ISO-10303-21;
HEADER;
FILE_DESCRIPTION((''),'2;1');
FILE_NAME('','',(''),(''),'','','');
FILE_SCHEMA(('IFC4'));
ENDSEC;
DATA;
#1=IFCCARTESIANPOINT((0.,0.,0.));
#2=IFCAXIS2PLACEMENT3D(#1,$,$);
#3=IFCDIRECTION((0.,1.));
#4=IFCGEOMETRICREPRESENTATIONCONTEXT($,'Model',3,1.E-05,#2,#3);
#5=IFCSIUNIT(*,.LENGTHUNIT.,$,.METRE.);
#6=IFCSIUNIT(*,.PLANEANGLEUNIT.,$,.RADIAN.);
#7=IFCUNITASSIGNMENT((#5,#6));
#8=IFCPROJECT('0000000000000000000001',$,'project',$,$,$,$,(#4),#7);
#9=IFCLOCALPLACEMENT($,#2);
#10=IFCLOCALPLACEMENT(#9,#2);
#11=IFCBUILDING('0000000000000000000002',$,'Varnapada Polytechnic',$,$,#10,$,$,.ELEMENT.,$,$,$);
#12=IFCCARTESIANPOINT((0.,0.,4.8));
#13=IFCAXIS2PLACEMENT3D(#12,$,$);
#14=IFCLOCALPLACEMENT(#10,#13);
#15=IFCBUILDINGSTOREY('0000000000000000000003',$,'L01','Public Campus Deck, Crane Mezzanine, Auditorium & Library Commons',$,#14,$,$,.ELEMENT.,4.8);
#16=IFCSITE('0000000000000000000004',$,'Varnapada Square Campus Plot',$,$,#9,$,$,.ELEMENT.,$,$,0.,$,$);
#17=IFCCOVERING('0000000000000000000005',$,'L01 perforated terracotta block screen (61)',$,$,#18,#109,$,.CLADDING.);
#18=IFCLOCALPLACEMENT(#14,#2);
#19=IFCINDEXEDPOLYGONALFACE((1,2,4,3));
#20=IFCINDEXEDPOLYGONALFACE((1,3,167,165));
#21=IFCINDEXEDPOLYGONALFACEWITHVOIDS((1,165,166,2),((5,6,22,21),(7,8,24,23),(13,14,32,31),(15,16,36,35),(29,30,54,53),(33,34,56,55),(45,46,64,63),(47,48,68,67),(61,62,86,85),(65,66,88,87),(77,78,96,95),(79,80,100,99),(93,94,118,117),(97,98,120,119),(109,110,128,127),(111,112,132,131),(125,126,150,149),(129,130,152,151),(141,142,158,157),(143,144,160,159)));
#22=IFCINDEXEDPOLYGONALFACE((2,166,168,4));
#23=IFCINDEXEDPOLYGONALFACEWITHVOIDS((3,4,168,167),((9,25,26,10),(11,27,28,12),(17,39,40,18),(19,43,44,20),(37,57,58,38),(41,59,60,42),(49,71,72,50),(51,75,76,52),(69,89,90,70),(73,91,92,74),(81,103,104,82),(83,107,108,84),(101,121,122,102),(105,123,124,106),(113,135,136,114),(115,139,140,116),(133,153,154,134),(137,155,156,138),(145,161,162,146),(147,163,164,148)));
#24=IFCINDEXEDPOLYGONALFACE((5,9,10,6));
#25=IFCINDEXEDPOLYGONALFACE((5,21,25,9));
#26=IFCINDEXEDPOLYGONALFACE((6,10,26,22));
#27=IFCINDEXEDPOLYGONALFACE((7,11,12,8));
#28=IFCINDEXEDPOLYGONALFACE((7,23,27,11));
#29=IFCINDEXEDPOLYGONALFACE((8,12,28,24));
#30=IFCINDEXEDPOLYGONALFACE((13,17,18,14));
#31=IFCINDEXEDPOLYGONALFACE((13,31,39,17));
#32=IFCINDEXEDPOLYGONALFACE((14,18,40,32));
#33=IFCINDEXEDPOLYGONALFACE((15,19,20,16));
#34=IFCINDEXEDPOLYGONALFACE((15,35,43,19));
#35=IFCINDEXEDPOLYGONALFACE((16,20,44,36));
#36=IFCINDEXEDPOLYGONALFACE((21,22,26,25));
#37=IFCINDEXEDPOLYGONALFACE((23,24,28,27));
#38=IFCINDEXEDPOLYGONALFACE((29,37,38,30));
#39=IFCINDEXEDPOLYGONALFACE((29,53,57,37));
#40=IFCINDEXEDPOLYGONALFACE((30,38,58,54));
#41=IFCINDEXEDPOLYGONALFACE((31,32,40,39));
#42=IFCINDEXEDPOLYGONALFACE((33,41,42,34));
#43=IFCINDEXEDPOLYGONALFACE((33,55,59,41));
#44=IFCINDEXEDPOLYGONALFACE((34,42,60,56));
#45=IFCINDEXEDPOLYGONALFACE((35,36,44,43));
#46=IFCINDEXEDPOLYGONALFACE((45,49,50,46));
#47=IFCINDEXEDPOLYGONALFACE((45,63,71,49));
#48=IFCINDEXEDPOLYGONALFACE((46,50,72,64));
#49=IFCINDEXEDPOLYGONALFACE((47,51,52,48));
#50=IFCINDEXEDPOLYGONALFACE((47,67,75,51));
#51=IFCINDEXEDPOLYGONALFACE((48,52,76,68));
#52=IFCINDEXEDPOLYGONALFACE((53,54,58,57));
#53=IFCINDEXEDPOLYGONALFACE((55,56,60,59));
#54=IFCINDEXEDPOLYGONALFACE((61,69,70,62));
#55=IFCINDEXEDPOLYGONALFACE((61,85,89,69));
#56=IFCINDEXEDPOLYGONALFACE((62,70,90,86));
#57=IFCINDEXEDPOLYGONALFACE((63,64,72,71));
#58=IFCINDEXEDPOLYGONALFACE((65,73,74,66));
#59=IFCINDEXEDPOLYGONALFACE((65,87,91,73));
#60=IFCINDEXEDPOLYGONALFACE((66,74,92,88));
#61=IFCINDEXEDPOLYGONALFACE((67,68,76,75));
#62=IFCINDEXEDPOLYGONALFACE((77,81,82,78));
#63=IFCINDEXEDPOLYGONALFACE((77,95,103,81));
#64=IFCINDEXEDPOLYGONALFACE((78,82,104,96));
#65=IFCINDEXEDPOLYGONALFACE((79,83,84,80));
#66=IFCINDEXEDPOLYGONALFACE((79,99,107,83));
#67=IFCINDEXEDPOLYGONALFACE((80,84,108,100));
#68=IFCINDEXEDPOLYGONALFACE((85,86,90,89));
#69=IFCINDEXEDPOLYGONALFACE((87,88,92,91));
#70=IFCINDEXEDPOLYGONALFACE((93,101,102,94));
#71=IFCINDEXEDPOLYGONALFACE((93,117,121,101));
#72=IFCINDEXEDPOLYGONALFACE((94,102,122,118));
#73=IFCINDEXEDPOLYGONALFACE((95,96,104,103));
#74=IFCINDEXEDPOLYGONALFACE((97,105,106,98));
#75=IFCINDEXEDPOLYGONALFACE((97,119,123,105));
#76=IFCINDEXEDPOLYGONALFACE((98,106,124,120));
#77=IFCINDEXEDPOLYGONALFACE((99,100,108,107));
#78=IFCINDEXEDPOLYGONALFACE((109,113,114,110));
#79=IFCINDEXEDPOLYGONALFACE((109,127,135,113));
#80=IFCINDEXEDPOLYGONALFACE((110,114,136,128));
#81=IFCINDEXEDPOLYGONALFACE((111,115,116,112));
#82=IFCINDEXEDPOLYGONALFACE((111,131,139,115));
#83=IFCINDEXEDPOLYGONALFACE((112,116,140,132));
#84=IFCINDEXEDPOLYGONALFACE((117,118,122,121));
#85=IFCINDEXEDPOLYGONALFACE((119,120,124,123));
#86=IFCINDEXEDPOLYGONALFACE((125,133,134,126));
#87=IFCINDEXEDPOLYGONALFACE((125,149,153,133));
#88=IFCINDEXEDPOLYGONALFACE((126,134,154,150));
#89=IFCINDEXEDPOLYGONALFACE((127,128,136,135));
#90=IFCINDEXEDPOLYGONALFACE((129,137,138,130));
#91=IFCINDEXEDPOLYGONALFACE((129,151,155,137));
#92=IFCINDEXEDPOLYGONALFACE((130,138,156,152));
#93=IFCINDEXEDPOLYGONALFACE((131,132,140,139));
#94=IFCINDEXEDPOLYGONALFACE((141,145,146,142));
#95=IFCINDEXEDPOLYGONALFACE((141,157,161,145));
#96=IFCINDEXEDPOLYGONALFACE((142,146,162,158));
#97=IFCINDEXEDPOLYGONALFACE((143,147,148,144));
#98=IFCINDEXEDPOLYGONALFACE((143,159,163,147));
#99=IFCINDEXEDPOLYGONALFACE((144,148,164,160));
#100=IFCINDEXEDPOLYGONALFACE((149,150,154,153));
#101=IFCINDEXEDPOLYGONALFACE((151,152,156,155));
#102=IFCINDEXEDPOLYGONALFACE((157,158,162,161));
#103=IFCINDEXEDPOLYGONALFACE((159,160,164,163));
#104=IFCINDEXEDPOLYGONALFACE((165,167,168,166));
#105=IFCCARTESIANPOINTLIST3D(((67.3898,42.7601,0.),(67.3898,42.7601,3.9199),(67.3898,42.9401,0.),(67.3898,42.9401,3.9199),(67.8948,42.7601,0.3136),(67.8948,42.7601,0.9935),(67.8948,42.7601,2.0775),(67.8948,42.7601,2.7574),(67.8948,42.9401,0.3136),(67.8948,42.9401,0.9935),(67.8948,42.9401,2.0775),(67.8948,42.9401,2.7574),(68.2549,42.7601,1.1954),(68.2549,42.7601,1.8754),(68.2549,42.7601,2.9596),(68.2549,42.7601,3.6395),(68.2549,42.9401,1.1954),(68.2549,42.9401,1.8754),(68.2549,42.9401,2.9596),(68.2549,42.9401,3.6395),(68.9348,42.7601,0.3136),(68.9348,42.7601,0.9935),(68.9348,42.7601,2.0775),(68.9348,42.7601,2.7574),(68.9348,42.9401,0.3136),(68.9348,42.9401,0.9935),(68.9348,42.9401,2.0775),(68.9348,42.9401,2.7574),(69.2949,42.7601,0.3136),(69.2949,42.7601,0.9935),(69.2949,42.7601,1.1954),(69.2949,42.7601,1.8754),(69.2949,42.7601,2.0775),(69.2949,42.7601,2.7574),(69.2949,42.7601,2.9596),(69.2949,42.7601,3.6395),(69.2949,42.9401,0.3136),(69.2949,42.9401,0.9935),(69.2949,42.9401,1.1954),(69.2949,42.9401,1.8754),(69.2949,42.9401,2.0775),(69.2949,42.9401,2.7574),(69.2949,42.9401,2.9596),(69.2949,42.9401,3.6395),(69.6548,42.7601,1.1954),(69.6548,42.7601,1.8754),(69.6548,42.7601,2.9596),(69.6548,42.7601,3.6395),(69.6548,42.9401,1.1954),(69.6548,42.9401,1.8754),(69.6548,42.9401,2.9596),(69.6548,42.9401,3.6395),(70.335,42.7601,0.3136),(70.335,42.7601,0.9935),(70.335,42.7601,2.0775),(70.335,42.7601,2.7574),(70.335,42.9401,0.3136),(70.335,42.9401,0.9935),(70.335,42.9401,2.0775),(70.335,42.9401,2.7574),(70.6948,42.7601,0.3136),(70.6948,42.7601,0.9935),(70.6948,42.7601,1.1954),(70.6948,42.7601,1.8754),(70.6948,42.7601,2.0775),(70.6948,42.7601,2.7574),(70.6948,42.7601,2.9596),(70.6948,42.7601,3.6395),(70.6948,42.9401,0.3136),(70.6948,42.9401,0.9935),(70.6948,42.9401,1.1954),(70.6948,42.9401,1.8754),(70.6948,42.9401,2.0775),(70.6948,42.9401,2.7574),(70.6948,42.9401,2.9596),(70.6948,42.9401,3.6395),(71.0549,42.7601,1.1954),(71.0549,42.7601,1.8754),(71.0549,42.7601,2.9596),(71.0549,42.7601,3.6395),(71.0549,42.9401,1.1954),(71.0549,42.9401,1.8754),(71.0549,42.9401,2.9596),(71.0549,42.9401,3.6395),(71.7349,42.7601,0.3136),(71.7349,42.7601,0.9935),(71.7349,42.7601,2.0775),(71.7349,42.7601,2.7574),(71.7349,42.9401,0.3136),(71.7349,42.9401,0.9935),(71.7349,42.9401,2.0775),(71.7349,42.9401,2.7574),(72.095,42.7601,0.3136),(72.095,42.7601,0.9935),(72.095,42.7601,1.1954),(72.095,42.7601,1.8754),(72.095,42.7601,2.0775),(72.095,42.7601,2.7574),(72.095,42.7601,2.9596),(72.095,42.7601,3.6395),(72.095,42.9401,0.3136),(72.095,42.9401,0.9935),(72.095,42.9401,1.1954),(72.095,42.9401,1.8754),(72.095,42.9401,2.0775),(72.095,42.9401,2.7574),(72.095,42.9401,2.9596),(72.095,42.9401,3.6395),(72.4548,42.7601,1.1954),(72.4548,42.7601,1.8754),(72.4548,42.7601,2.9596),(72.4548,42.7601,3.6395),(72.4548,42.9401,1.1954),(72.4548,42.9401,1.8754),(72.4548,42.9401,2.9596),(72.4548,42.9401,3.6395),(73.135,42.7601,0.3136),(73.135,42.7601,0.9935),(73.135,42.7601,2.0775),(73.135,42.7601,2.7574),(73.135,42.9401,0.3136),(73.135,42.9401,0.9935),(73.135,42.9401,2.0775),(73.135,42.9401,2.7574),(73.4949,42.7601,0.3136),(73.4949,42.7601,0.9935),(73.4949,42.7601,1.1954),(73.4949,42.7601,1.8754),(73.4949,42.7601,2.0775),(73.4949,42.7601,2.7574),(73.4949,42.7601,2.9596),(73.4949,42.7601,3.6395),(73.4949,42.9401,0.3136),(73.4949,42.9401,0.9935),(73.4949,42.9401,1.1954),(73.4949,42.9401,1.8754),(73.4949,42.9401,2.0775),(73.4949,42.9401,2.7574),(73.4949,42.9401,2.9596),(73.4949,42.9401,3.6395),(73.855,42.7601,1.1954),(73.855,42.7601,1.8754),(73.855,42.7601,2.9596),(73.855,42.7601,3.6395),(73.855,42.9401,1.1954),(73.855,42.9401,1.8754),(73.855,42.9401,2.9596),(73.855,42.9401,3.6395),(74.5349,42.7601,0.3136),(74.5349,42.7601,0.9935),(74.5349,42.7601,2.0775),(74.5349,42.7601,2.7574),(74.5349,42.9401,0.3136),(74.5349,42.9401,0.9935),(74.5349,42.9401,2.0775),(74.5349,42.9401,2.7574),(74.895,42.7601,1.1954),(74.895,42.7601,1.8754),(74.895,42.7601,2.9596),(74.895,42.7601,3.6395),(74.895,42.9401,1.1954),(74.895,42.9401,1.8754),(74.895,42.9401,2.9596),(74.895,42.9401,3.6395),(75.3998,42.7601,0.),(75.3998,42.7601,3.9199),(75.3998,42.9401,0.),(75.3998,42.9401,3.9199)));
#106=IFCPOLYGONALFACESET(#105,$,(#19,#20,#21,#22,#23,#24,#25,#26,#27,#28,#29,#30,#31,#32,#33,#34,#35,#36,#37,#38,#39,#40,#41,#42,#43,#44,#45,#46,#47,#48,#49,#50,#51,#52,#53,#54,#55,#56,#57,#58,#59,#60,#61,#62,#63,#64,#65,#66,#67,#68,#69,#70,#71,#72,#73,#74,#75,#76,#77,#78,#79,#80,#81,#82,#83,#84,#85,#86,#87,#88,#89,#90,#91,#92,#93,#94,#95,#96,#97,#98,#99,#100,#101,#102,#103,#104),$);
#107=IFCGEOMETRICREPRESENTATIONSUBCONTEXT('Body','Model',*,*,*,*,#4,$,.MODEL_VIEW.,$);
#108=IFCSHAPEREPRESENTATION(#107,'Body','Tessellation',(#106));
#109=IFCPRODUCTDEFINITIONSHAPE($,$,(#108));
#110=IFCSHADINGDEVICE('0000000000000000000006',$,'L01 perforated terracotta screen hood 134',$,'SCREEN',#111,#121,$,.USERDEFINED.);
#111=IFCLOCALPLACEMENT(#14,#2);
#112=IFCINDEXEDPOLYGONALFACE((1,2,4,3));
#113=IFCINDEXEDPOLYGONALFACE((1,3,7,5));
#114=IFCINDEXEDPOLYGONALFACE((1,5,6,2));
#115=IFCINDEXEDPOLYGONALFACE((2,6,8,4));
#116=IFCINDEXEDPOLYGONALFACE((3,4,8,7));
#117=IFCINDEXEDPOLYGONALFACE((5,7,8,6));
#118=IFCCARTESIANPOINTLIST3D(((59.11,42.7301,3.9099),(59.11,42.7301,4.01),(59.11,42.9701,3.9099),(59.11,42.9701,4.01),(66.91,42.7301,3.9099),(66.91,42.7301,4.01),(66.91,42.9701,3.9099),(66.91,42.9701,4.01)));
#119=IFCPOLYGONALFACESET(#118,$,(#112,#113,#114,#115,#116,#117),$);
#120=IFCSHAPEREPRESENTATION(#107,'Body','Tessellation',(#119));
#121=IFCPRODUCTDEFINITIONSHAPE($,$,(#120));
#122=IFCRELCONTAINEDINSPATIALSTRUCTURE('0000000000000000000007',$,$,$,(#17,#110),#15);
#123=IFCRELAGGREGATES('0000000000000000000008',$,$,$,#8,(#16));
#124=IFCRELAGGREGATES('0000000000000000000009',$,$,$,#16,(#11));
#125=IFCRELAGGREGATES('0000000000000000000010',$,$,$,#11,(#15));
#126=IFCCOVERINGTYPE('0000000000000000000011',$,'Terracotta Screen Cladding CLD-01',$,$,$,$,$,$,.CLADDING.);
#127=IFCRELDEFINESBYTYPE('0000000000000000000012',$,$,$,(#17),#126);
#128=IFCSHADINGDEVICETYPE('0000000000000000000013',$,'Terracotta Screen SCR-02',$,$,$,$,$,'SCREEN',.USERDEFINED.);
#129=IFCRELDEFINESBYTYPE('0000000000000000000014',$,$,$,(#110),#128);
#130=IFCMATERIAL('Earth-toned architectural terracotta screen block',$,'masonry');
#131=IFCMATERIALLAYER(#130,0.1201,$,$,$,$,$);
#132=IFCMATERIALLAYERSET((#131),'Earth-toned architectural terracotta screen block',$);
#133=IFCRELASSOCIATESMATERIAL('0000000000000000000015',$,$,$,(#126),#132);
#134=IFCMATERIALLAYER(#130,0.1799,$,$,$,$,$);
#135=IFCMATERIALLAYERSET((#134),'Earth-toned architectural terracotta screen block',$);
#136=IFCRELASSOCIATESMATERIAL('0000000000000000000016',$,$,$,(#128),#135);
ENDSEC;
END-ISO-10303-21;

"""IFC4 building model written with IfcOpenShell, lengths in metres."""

from ifc_helpers import new_model, si_unit, direction, frame, frame_2d, origin, origin_2d, place, context, subcontext, project, spatial, rectangle, extrude, material, layer, layer_set, type_object, element, save


model = new_model("IFC4")

# Units and contexts
model_context = context("Model", 3, precision=1e-05, world=origin(), true_north=direction((0.0, 1.0)))
body_context = subcontext(model_context, "Body", "Model", "MODEL_VIEW")
ifc_project = project(units=[si_unit("LENGTHUNIT", "METRE"), si_unit("PLANEANGLEUNIT", "RADIAN")], contexts=[model_context])

# Site, building, storey
site_placement = place(None, origin())
site = spatial("IfcSite", under=ifc_project, at=site_placement, Name="Varnapada Square Campus Plot", CompositionType="ELEMENT", RefElevation=0.0)
building_placement = place(site_placement, origin())
building = spatial("IfcBuilding", under=site, at=building_placement, Name="Varnapada Polytechnic", CompositionType="ELEMENT")
storey_placement = place(building_placement, frame((0.0, 0.0, 4.8)))
storey = spatial("IfcBuildingStorey", under=building, at=storey_placement, Name="L01", Description="Public Campus Deck, Crane Mezzanine, Auditorium & Library Commons", CompositionType="ELEMENT", Elevation=4.8)

# Covering, openings
ifc_material_1 = material(Name="Earth-toned architectural terracotta screen block", Category="masonry")
ifc_layer_1 = layer(ifc_material_1, 0.1201)
ifc_layer_set_1 = layer_set([ifc_layer_1], Name="Earth-toned architectural terracotta screen block")
covering_type = type_object("IfcCoveringType", Name="Terracotta Screen Cladding CLD-01", PredefinedType="CLADDING", material=ifc_layer_set_1)
covering_placement = place(storey_placement, frame((67.3899, 42.8501, 0.0), z_axis=(0.0, 0.0, 1.0), x_axis=(1.0, 0.0, 0.0)))
covering = element("IfcCovering", 1, at=covering_placement, inside=storey, type_object=covering_type, Name="L01 perforated terracotta block screen (61)", PredefinedType="CLADDING", context=body_context, shape_type="SweptSolid", body=[
    extrude(rectangle(XDim=8.01, YDim=0.1799, at=frame_2d((4.0049, 0.0))), origin(), (0.0, 0.0, 1.0), 3.9199),
])
opening_1_placement = place(covering_placement, frame((0.5049, 0.0, 0.3137)))
element("IfcOpeningElement", 2, at=opening_1_placement, cuts=covering, PredefinedType="OPENING", context=body_context, shape_type="SweptSolid", body=[
    extrude(rectangle(XDim=1.04, YDim=0.6799, at=frame_2d((0.52, 0.3398))), frame((0.0, 0.0999, 0.0), z_axis=(0.0, -1.0, 0.0), x_axis=(1.0, 0.0, 0.0)), (0.0, 0.0, 1.0), 0.2),
])
opening_2_placement = place(covering_placement, frame((1.905, 0.0, 0.3137)))
element("IfcOpeningElement", 3, at=opening_2_placement, cuts=covering, PredefinedType="OPENING", context=body_context, shape_type="SweptSolid", body=[
    extrude(rectangle(XDim=1.04, YDim=0.6799, at=frame_2d((0.52, 0.3398))), frame((0.0, 0.0999, 0.0), z_axis=(0.0, -1.0, 0.0), x_axis=(1.0, 0.0, 0.0)), (0.0, 0.0, 1.0), 0.2),
])
opening_3_placement = place(covering_placement, frame((3.3049, 0.0, 0.3137)))
element("IfcOpeningElement", 4, at=opening_3_placement, cuts=covering, PredefinedType="OPENING", context=body_context, shape_type="SweptSolid", body=[
    extrude(rectangle(XDim=1.04, YDim=0.6799, at=frame_2d((0.52, 0.3398))), frame((0.0, 0.0999, 0.0), z_axis=(0.0, -1.0, 0.0), x_axis=(1.0, 0.0, 0.0)), (0.0, 0.0, 1.0), 0.2),
])
opening_4_placement = place(covering_placement, frame((4.7051, 0.0, 0.3137)))
element("IfcOpeningElement", 5, at=opening_4_placement, cuts=covering, PredefinedType="OPENING", context=body_context, shape_type="SweptSolid", body=[
    extrude(rectangle(XDim=1.04, YDim=0.6799, at=frame_2d((0.52, 0.3398))), frame((0.0, 0.0999, 0.0), z_axis=(0.0, -1.0, 0.0), x_axis=(1.0, 0.0, 0.0)), (0.0, 0.0, 1.0), 0.2),
])
opening_5_placement = place(covering_placement, frame((6.105, 0.0, 0.3137)))
element("IfcOpeningElement", 6, at=opening_5_placement, cuts=covering, PredefinedType="OPENING", context=body_context, shape_type="SweptSolid", body=[
    extrude(rectangle(XDim=1.04, YDim=0.6799, at=frame_2d((0.52, 0.3398))), frame((0.0, 0.0999, 0.0), z_axis=(0.0, -1.0, 0.0), x_axis=(1.0, 0.0, 0.0)), (0.0, 0.0, 1.0), 0.2),
])
opening_6_placement = place(covering_placement, frame((0.865, 0.0, 1.1956)))
element("IfcOpeningElement", 7, at=opening_6_placement, cuts=covering, PredefinedType="OPENING", context=body_context, shape_type="SweptSolid", body=[
    extrude(rectangle(XDim=1.04, YDim=0.6799, at=frame_2d((0.52, 0.3398))), frame((0.0, 0.0999, 0.0), z_axis=(0.0, -1.0, 0.0), x_axis=(1.0, 0.0, 0.0)), (0.0, 0.0, 1.0), 0.2),
])
opening_7_placement = place(covering_placement, frame((2.2649, 0.0, 1.1956)))
element("IfcOpeningElement", 8, at=opening_7_placement, cuts=covering, PredefinedType="OPENING", context=body_context, shape_type="SweptSolid", body=[
    extrude(rectangle(XDim=1.04, YDim=0.6799, at=frame_2d((0.52, 0.3398))), frame((0.0, 0.0999, 0.0), z_axis=(0.0, -1.0, 0.0), x_axis=(1.0, 0.0, 0.0)), (0.0, 0.0, 1.0), 0.2),
])
opening_8_placement = place(covering_placement, frame((3.665, 0.0, 1.1956)))
element("IfcOpeningElement", 9, at=opening_8_placement, cuts=covering, PredefinedType="OPENING", context=body_context, shape_type="SweptSolid", body=[
    extrude(rectangle(XDim=1.04, YDim=0.6799, at=frame_2d((0.52, 0.3398))), frame((0.0, 0.0999, 0.0), z_axis=(0.0, -1.0, 0.0), x_axis=(1.0, 0.0, 0.0)), (0.0, 0.0, 1.0), 0.2),
])
opening_9_placement = place(covering_placement, frame((5.0649, 0.0, 1.1956)))
element("IfcOpeningElement", 10, at=opening_9_placement, cuts=covering, PredefinedType="OPENING", context=body_context, shape_type="SweptSolid", body=[
    extrude(rectangle(XDim=1.04, YDim=0.6799, at=frame_2d((0.52, 0.3398))), frame((0.0, 0.0999, 0.0), z_axis=(0.0, -1.0, 0.0), x_axis=(1.0, 0.0, 0.0)), (0.0, 0.0, 1.0), 0.2),
])
opening_10_placement = place(covering_placement, frame((6.4651, 0.0, 1.1956)))
element("IfcOpeningElement", 11, at=opening_10_placement, cuts=covering, PredefinedType="OPENING", context=body_context, shape_type="SweptSolid", body=[
    extrude(rectangle(XDim=1.04, YDim=0.6799, at=frame_2d((0.52, 0.3398))), frame((0.0, 0.0999, 0.0), z_axis=(0.0, -1.0, 0.0), x_axis=(1.0, 0.0, 0.0)), (0.0, 0.0, 1.0), 0.2),
])
opening_11_placement = place(covering_placement, frame((0.5049, 0.0, 2.0776)))
element("IfcOpeningElement", 12, at=opening_11_placement, cuts=covering, PredefinedType="OPENING", context=body_context, shape_type="SweptSolid", body=[
    extrude(rectangle(XDim=1.04, YDim=0.6799, at=frame_2d((0.52, 0.3398))), frame((0.0, 0.0999, 0.0), z_axis=(0.0, -1.0, 0.0), x_axis=(1.0, 0.0, 0.0)), (0.0, 0.0, 1.0), 0.2),
])
opening_12_placement = place(covering_placement, frame((1.905, 0.0, 2.0776)))
element("IfcOpeningElement", 13, at=opening_12_placement, cuts=covering, PredefinedType="OPENING", context=body_context, shape_type="SweptSolid", body=[
    extrude(rectangle(XDim=1.04, YDim=0.6799, at=frame_2d((0.52, 0.3398))), frame((0.0, 0.0999, 0.0), z_axis=(0.0, -1.0, 0.0), x_axis=(1.0, 0.0, 0.0)), (0.0, 0.0, 1.0), 0.2),
])
opening_13_placement = place(covering_placement, frame((3.3049, 0.0, 2.0776)))
element("IfcOpeningElement", 14, at=opening_13_placement, cuts=covering, PredefinedType="OPENING", context=body_context, shape_type="SweptSolid", body=[
    extrude(rectangle(XDim=1.04, YDim=0.6799, at=frame_2d((0.52, 0.3398))), frame((0.0, 0.0999, 0.0), z_axis=(0.0, -1.0, 0.0), x_axis=(1.0, 0.0, 0.0)), (0.0, 0.0, 1.0), 0.2),
])
opening_14_placement = place(covering_placement, frame((4.7051, 0.0, 2.0776)))
element("IfcOpeningElement", 15, at=opening_14_placement, cuts=covering, PredefinedType="OPENING", context=body_context, shape_type="SweptSolid", body=[
    extrude(rectangle(XDim=1.04, YDim=0.6799, at=frame_2d((0.52, 0.3398))), frame((0.0, 0.0999, 0.0), z_axis=(0.0, -1.0, 0.0), x_axis=(1.0, 0.0, 0.0)), (0.0, 0.0, 1.0), 0.2),
])
opening_15_placement = place(covering_placement, frame((6.105, 0.0, 2.0776)))
element("IfcOpeningElement", 16, at=opening_15_placement, cuts=covering, PredefinedType="OPENING", context=body_context, shape_type="SweptSolid", body=[
    extrude(rectangle(XDim=1.04, YDim=0.6799, at=frame_2d((0.52, 0.3398))), frame((0.0, 0.0999, 0.0), z_axis=(0.0, -1.0, 0.0), x_axis=(1.0, 0.0, 0.0)), (0.0, 0.0, 1.0), 0.2),
])
opening_16_placement = place(covering_placement, frame((0.865, 0.0, 2.9597)))
element("IfcOpeningElement", 17, at=opening_16_placement, cuts=covering, PredefinedType="OPENING", context=body_context, shape_type="SweptSolid", body=[
    extrude(rectangle(XDim=1.04, YDim=0.6799, at=frame_2d((0.52, 0.3398))), frame((0.0, 0.0999, 0.0), z_axis=(0.0, -1.0, 0.0), x_axis=(1.0, 0.0, 0.0)), (0.0, 0.0, 1.0), 0.2),
])
opening_17_placement = place(covering_placement, frame((2.2649, 0.0, 2.9597)))
element("IfcOpeningElement", 18, at=opening_17_placement, cuts=covering, PredefinedType="OPENING", context=body_context, shape_type="SweptSolid", body=[
    extrude(rectangle(XDim=1.04, YDim=0.6799, at=frame_2d((0.52, 0.3398))), frame((0.0, 0.0999, 0.0), z_axis=(0.0, -1.0, 0.0), x_axis=(1.0, 0.0, 0.0)), (0.0, 0.0, 1.0), 0.2),
])
opening_18_placement = place(covering_placement, frame((3.665, 0.0, 2.9597)))
element("IfcOpeningElement", 19, at=opening_18_placement, cuts=covering, PredefinedType="OPENING", context=body_context, shape_type="SweptSolid", body=[
    extrude(rectangle(XDim=1.04, YDim=0.6799, at=frame_2d((0.52, 0.3398))), frame((0.0, 0.0999, 0.0), z_axis=(0.0, -1.0, 0.0), x_axis=(1.0, 0.0, 0.0)), (0.0, 0.0, 1.0), 0.2),
])
opening_19_placement = place(covering_placement, frame((5.0649, 0.0, 2.9597)))
element("IfcOpeningElement", 20, at=opening_19_placement, cuts=covering, PredefinedType="OPENING", context=body_context, shape_type="SweptSolid", body=[
    extrude(rectangle(XDim=1.04, YDim=0.6799, at=frame_2d((0.52, 0.3398))), frame((0.0, 0.0999, 0.0), z_axis=(0.0, -1.0, 0.0), x_axis=(1.0, 0.0, 0.0)), (0.0, 0.0, 1.0), 0.2),
])
opening_20_placement = place(covering_placement, frame((6.4651, 0.0, 2.9597)))
element("IfcOpeningElement", 21, at=opening_20_placement, cuts=covering, PredefinedType="OPENING", context=body_context, shape_type="SweptSolid", body=[
    extrude(rectangle(XDim=1.04, YDim=0.6799, at=frame_2d((0.52, 0.3398))), frame((0.0, 0.0999, 0.0), z_axis=(0.0, -1.0, 0.0), x_axis=(1.0, 0.0, 0.0)), (0.0, 0.0, 1.0), 0.2),
])

# Shading device
ifc_layer_2 = layer(ifc_material_1, 0.1799)
ifc_layer_set_2 = layer_set([ifc_layer_2], Name="Earth-toned architectural terracotta screen block")
shading_device_type_1 = type_object("IfcShadingDeviceType", Name="Terracotta Screen SCR-02", ElementType="SCREEN", PredefinedType="USERDEFINED", material=ifc_layer_set_2)
shading_device_1_placement = place(storey_placement, frame((63.01, 42.8501, 3.9099), z_axis=(0.0, 0.0, 1.0), x_axis=(1.0, 0.0, 0.0)))
element("IfcShadingDevice", 22, at=shading_device_1_placement, inside=storey, type_object=shading_device_type_1, Name="L01 perforated terracotta screen hood 134", ObjectType="SCREEN", PredefinedType="USERDEFINED", context=body_context, shape_type="SweptSolid", body=[
    extrude(rectangle(XDim=7.8, YDim=0.24, at=origin_2d()), origin(), (0.0, 0.0, 1.0), 0.1001),
])

save(model, "model.ifc")
